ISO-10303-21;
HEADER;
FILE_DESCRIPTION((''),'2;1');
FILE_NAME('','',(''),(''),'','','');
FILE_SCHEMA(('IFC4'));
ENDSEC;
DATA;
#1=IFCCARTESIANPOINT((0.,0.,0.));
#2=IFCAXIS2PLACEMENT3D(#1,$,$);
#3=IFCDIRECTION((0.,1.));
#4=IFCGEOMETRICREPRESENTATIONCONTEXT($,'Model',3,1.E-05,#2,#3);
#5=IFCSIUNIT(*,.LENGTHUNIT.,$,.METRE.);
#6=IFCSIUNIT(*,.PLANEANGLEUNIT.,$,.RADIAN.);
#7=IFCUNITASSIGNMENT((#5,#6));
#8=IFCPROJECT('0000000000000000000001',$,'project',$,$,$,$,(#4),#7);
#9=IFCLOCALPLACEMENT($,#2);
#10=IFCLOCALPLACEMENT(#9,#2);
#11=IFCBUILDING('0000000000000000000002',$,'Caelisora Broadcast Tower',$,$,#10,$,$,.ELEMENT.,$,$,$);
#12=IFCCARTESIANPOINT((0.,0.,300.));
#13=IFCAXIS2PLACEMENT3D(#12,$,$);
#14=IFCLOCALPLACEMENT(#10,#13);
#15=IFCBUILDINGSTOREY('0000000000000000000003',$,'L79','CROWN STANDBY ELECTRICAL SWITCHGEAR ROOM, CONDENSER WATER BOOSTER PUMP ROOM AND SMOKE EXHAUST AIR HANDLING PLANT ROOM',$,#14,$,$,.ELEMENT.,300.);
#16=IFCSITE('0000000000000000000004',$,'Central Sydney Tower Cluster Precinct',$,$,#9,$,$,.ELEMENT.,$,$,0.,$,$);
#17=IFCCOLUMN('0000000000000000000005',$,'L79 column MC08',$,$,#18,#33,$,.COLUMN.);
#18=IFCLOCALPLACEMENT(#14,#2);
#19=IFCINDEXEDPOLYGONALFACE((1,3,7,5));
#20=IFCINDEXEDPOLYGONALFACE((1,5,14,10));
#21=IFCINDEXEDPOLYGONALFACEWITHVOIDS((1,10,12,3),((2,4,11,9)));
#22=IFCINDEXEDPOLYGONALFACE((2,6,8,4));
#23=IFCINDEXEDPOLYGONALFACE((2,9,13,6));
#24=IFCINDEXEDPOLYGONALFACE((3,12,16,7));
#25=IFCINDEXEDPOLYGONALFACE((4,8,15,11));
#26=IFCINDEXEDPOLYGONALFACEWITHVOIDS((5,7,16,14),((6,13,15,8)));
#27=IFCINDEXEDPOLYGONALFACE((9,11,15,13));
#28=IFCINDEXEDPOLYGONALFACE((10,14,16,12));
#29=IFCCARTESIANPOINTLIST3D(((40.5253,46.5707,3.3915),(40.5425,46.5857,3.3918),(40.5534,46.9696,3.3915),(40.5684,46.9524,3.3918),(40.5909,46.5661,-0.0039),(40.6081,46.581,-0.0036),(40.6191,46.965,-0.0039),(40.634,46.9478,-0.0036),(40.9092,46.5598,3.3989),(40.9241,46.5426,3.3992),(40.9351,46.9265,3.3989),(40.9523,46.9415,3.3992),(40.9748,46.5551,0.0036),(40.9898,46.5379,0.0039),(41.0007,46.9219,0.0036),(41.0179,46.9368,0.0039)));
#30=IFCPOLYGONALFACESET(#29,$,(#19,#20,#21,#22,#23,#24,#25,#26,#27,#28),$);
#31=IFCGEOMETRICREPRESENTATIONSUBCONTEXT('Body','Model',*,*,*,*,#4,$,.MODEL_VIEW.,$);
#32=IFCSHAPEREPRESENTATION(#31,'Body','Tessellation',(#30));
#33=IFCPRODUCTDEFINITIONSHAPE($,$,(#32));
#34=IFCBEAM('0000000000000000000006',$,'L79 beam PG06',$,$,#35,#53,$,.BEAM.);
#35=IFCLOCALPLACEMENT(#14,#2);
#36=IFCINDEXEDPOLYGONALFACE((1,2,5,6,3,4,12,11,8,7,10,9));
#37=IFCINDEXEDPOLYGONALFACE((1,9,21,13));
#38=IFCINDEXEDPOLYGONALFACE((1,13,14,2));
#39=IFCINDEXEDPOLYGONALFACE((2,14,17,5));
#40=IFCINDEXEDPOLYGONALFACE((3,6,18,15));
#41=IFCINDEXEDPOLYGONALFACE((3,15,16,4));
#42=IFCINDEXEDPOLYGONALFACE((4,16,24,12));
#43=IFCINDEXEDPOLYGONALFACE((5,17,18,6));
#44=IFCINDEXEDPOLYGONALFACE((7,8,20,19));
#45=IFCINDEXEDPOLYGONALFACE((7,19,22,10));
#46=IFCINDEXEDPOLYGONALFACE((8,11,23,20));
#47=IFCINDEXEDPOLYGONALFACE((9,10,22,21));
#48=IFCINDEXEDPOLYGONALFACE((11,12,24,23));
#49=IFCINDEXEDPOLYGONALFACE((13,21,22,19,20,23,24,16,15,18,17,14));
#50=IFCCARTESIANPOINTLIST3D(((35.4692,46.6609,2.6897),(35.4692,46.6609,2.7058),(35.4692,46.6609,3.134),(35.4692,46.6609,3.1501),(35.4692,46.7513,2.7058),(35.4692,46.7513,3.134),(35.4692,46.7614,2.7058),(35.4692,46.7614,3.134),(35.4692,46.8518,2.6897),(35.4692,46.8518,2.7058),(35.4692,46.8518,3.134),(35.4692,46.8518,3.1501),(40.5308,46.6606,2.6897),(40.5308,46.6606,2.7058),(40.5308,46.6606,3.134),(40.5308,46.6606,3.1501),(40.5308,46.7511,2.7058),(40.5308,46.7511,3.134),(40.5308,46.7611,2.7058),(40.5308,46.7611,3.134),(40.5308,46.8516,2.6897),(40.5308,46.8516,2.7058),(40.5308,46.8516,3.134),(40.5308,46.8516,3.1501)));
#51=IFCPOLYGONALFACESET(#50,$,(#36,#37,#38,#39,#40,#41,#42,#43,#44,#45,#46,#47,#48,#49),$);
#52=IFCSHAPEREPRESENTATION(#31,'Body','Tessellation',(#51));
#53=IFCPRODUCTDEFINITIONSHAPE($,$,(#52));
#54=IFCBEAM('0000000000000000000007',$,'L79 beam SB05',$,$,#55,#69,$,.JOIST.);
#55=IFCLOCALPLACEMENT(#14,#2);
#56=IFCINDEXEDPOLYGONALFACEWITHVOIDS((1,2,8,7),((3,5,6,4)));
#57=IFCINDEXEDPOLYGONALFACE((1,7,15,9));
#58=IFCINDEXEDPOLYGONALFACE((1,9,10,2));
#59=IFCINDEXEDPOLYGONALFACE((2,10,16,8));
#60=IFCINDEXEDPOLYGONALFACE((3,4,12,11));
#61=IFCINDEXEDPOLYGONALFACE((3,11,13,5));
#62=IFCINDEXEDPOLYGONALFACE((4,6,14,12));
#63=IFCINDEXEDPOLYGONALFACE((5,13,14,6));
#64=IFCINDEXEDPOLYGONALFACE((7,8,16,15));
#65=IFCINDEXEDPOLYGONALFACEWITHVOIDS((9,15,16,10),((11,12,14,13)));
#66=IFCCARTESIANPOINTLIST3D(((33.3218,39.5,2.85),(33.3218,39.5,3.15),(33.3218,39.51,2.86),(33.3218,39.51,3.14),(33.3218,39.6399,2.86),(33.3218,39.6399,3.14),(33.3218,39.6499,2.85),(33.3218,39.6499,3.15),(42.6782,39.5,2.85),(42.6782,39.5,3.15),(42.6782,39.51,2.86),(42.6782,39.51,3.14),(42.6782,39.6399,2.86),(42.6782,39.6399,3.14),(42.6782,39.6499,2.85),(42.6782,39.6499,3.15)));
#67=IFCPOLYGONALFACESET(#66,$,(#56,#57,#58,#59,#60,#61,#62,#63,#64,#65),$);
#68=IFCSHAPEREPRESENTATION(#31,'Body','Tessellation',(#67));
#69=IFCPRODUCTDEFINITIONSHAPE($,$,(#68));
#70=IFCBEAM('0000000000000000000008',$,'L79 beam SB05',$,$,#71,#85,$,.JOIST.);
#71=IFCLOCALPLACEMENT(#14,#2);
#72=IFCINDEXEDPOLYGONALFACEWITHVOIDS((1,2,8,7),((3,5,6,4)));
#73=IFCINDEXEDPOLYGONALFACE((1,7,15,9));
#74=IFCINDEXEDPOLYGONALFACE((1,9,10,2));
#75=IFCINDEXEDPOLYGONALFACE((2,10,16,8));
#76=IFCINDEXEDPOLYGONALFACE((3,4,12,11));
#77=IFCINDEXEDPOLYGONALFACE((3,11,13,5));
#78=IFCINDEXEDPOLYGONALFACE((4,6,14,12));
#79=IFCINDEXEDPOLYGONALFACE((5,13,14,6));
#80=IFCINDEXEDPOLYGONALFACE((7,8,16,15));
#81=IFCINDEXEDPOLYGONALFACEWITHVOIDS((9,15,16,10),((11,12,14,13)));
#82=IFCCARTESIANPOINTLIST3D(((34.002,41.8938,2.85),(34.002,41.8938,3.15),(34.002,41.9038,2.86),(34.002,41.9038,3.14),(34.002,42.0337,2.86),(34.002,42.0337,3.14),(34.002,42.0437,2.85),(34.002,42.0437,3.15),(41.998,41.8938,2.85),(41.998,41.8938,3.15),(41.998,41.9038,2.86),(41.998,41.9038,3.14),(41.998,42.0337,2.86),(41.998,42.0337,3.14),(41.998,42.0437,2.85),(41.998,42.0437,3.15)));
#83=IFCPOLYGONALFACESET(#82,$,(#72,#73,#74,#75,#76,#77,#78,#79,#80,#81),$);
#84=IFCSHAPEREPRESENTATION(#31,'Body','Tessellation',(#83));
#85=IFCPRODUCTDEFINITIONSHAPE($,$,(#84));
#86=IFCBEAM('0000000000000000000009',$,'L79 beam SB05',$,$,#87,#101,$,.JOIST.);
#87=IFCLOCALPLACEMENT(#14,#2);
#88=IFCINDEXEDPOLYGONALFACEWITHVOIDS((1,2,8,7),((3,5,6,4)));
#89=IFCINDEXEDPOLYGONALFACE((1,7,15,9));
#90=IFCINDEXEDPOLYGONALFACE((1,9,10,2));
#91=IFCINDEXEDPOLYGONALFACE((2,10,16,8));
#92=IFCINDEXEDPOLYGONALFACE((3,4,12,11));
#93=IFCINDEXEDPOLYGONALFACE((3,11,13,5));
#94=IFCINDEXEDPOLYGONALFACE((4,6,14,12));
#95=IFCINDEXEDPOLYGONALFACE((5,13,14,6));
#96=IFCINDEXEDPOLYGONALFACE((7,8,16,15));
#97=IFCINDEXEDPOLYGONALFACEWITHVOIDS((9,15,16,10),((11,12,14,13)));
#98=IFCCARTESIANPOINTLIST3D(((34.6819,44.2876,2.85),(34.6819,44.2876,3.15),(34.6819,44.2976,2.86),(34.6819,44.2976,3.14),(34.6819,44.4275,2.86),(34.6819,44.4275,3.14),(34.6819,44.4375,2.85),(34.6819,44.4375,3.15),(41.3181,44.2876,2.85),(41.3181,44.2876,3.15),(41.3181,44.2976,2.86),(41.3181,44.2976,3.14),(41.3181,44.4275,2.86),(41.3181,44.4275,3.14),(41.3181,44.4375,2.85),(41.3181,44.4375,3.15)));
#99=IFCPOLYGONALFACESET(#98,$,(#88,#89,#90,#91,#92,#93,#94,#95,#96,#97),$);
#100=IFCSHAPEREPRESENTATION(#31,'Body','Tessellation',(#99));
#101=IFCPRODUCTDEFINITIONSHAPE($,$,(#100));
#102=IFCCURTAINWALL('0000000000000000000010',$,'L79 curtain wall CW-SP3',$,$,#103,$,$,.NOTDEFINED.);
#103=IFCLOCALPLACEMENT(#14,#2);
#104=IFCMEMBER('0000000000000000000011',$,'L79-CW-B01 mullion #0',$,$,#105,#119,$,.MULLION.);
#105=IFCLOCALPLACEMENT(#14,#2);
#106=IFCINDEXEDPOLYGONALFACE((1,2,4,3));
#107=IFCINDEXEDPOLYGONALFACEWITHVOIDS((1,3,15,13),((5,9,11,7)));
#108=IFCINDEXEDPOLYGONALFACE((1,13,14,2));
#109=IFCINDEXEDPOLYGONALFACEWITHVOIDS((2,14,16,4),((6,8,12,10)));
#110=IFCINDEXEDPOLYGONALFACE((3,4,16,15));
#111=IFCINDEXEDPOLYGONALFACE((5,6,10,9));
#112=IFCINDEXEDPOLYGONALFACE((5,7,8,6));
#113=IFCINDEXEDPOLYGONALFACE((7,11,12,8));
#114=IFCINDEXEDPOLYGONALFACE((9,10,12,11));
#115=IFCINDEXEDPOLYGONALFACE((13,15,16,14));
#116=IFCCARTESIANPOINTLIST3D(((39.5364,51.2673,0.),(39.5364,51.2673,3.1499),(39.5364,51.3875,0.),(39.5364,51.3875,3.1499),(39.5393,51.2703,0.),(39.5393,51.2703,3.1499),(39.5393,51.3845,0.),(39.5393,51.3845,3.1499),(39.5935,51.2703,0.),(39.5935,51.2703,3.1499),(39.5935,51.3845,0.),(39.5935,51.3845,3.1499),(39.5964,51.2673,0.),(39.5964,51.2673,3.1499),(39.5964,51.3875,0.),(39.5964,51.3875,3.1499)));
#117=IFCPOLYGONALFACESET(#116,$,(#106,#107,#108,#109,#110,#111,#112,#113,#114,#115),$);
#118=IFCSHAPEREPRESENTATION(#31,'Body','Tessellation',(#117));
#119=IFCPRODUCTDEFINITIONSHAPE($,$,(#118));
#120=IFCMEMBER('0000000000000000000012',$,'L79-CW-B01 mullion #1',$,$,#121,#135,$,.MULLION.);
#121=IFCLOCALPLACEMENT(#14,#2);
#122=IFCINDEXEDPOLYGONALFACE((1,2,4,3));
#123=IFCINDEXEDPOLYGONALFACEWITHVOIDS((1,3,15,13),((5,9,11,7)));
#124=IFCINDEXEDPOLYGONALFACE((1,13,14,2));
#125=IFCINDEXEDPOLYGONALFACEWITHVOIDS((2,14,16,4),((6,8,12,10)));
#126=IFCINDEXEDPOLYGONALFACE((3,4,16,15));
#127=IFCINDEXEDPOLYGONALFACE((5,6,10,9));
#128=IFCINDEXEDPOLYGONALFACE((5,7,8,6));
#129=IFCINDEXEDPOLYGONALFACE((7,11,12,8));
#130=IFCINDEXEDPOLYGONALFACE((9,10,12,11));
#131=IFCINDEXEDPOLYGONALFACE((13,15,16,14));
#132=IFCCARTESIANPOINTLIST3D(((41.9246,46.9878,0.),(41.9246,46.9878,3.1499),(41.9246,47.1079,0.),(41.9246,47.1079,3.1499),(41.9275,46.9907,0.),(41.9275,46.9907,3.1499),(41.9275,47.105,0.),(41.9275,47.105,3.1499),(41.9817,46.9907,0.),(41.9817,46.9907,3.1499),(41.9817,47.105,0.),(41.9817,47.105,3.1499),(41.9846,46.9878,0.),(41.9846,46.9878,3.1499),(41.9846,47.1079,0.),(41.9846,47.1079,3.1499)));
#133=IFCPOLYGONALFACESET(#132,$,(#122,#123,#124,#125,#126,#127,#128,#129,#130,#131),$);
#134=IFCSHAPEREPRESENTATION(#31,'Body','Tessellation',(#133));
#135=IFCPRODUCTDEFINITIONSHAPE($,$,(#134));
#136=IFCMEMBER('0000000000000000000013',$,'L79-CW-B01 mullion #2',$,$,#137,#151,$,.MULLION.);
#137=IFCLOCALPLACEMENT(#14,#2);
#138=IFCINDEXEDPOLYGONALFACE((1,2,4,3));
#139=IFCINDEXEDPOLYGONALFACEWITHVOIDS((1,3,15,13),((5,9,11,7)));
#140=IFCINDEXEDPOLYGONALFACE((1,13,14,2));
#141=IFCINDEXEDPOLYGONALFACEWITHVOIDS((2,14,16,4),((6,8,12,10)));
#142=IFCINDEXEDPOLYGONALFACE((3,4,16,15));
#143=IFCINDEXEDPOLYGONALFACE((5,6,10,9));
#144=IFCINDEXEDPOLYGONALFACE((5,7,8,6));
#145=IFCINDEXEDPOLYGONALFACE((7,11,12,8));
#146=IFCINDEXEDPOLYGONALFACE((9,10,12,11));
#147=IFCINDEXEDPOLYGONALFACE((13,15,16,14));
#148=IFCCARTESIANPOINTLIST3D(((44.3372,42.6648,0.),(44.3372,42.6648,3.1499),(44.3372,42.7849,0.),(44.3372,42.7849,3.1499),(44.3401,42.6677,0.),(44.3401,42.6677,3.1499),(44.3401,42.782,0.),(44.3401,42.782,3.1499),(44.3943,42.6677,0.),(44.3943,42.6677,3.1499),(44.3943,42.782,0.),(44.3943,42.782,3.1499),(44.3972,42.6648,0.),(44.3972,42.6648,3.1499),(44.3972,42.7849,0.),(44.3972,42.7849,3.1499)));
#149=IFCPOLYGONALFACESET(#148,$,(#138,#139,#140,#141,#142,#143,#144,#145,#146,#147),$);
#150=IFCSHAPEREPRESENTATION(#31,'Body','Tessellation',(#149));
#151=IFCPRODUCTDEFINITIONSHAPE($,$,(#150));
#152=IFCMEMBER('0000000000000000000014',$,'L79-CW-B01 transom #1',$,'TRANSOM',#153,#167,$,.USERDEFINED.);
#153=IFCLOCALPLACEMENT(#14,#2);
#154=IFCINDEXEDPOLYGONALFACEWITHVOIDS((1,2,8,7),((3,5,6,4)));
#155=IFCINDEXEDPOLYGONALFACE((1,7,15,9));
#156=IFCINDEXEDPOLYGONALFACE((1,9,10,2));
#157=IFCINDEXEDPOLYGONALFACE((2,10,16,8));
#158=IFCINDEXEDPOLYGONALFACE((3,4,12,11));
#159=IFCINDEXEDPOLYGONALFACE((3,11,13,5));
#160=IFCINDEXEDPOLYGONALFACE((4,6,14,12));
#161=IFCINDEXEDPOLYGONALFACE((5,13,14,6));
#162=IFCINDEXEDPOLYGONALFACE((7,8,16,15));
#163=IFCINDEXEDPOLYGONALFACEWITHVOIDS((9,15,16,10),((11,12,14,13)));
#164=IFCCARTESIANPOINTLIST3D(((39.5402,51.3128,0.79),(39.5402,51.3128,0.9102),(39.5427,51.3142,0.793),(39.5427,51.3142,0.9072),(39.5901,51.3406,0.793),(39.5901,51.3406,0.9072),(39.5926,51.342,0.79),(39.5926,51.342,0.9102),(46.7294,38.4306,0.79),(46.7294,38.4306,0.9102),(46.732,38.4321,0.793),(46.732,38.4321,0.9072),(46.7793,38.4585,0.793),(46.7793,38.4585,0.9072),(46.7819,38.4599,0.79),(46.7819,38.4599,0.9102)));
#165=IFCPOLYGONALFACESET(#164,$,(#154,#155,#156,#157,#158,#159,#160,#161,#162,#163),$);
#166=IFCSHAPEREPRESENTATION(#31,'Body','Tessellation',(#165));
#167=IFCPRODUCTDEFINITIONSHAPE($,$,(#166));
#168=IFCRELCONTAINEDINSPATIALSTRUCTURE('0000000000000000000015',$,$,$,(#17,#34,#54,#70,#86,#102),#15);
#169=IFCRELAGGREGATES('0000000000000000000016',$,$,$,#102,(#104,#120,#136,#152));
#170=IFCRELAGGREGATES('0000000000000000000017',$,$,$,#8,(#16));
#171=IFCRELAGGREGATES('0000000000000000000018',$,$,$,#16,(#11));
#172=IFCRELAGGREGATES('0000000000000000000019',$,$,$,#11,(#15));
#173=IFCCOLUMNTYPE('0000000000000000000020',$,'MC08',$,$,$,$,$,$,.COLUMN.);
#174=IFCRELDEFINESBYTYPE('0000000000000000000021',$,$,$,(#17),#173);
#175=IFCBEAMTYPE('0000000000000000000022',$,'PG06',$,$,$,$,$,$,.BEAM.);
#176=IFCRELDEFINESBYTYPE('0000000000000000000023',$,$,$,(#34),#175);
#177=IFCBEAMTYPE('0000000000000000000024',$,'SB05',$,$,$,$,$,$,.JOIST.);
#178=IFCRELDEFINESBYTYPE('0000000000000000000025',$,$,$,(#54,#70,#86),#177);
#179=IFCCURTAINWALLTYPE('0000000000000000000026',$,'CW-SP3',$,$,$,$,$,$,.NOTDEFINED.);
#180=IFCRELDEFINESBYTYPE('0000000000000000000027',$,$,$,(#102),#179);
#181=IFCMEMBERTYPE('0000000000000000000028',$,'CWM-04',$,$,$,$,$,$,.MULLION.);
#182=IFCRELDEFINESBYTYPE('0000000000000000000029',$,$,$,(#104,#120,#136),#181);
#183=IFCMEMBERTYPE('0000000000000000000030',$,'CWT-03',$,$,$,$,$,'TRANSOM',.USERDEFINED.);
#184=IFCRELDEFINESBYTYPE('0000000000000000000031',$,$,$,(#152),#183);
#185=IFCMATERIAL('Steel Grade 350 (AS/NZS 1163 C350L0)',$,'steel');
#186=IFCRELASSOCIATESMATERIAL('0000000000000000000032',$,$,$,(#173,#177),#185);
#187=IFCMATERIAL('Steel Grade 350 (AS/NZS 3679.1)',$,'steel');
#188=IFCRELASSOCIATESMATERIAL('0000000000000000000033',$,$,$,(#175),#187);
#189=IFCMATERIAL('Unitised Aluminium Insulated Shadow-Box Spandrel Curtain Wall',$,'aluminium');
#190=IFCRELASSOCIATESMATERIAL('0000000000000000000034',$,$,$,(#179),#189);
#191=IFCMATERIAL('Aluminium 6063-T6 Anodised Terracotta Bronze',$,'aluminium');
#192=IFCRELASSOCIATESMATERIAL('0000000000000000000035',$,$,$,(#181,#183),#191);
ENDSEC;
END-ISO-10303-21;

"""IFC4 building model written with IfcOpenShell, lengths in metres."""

from ifc_helpers import new_model, si_unit, direction, frame, origin, origin_2d, place, context, subcontext, project, spatial, hollow_rectangle, i_section, extrude, source, transform, mapped, material, material_profile, profile_set, type_object, type_shapes, element, aggregate, save


model = new_model("IFC4")

# Units and contexts
model_context = context("Model", 3, precision=1e-05, world=origin(), true_north=direction((0.0, 1.0)))
body_context = subcontext(model_context, "Body", "Model", "MODEL_VIEW")
ifc_project = project(units=[si_unit("LENGTHUNIT", "METRE"), si_unit("PLANEANGLEUNIT", "RADIAN")], contexts=[model_context])

# Site, building, storey
site_placement = place(None, origin())
site = spatial("IfcSite", under=ifc_project, at=site_placement, Name="Central Sydney Tower Cluster Precinct", CompositionType="ELEMENT", RefElevation=0.0)
building_placement = place(site_placement, origin())
building = spatial("IfcBuilding", under=site, at=building_placement, Name="Caelisora Broadcast Tower", CompositionType="ELEMENT")
storey_placement = place(building_placement, frame((0.0, 0.0, 300.0)))
storey = spatial("IfcBuildingStorey", under=building, at=storey_placement, Name="L79", Description="CROWN STANDBY ELECTRICAL SWITCHGEAR ROOM, CONDENSER WATER BOOSTER PUMP ROOM AND SMOKE EXHAUST AIR HANDLING PLANT ROOM", CompositionType="ELEMENT", Elevation=300.0)

# Column
ifc_material_1 = material(Name="Steel Grade 350 (AS/NZS 1163 C350L0)", Category="steel")
ifc_material_profile_1 = material_profile(ifc_material_1, hollow_rectangle(XDim=0.3999, YDim=0.3999, WallThickness=0.0161, at=origin_2d()), Name="Steel Grade 350 (AS/NZS 1163 C350L0)")
ifc_profile_set_1 = profile_set([ifc_material_profile_1], Name="Steel Grade 350 (AS/NZS 1163 C350L0)")
column_type = type_object("IfcColumnType", Name="MC08", PredefinedType="COLUMN", material=ifc_profile_set_1)
shared_shape_1 = source(origin(), body_context, "Body", "SweptSolid", [
    extrude(hollow_rectangle(XDim=0.3999, YDim=0.3999, WallThickness=0.0161, at=origin_2d()), origin(), (0.0, 0.0, 1.0), 3.396),
])
type_shapes(column_type, [shared_shape_1])
column_placement = place(storey_placement, frame((40.8044, 46.7515, 0.0), z_axis=(-0.019339, 0.001366, 0.999812), x_axis=(-0.070456, -0.997515, 0.0)))
element("IfcColumn", 1, at=column_placement, inside=storey, type_object=column_type, Name="L79 column MC08", PredefinedType="COLUMN", context=body_context, shape_type="MappedRepresentation", body=[
    mapped(shared_shape_1, transform((0.0, 0.0, 0.0), scale=1.0)),
])

# Beams
ifc_material_2 = material(Name="Steel Grade 350 (AS/NZS 3679.1)", Category="steel")
ifc_material_profile_2 = material_profile(ifc_material_2, i_section(OverallWidth=0.1909, OverallDepth=0.4604, WebThickness=0.01, FlangeThickness=0.0161, at=origin_2d()), Name="Steel Grade 350 (AS/NZS 3679.1)")
ifc_profile_set_2 = profile_set([ifc_material_profile_2], Name="Steel Grade 350 (AS/NZS 3679.1)")
beam_type_1 = type_object("IfcBeamType", Name="PG06", PredefinedType="BEAM", material=ifc_profile_set_2)
shared_shape_2 = source(origin(), body_context, "Body", "SweptSolid", [
    extrude(i_section(OverallWidth=0.1909, OverallDepth=0.4604, WebThickness=0.01, FlangeThickness=0.0161, at=origin_2d()), origin(), (0.0, 0.0, 1.0), 5.0615),
])
type_shapes(beam_type_1, [shared_shape_2])
beam_1_placement = place(storey_placement, frame((40.5308, 46.7561, 2.9199), z_axis=(-1.0, 0.000048, 0.0), x_axis=(-0.000048, -1.0, 0.0)))
element("IfcBeam", 2, at=beam_1_placement, inside=storey, type_object=beam_type_1, Name="L79 beam PG06", PredefinedType="BEAM", context=body_context, shape_type="MappedRepresentation", body=[
    mapped(shared_shape_2, transform((0.0, 0.0, 0.0), scale=1.0)),
])
ifc_material_profile_3 = material_profile(ifc_material_1, hollow_rectangle(XDim=0.1499, YDim=0.3, WallThickness=0.01, at=origin_2d()), Name="Steel Grade 350 (AS/NZS 1163 C350L0)")
ifc_profile_set_3 = profile_set([ifc_material_profile_3], Name="Steel Grade 350 (AS/NZS 1163 C350L0)")
beam_type_2 = type_object("IfcBeamType", Name="SB05", PredefinedType="JOIST", material=ifc_profile_set_3)
shared_shape_3 = source(origin(), body_context, "Body", "SweptSolid", [
    extrude(hollow_rectangle(XDim=0.1499, YDim=0.3, WallThickness=0.01, at=origin_2d()), origin(), (0.0, 0.0, 1.0), 9.3564),
])
beam_2_placement = place(storey_placement, frame((42.6782, 39.575, 3.0), z_axis=(-1.0, 0.0, 0.0), x_axis=(0.0, -1.0, 0.0)))
element("IfcBeam", 3, at=beam_2_placement, inside=storey, type_object=beam_type_2, Name="L79 beam SB05", PredefinedType="JOIST", context=body_context, shape_type="MappedRepresentation", body=[
    mapped(shared_shape_3, transform((0.0, 0.0, 0.0), scale=1.0)),
])
shared_shape_4 = source(origin(), body_context, "Body", "SweptSolid", [
    extrude(hollow_rectangle(XDim=0.1499, YDim=0.3, WallThickness=0.01, at=origin_2d()), origin(), (0.0, 0.0, 1.0), 7.9961),
])
beam_3_placement = place(storey_placement, frame((41.998, 41.9688, 3.0), z_axis=(-1.0, 0.0, 0.0), x_axis=(0.0, -1.0, 0.0)))
element("IfcBeam", 4, at=beam_3_placement, inside=storey, type_object=beam_type_2, Name="L79 beam SB05", PredefinedType="JOIST", context=body_context, shape_type="MappedRepresentation", body=[
    mapped(shared_shape_4, transform((0.0, 0.0, 0.0), scale=1.0)),
])
shared_shape_5 = source(origin(), body_context, "Body", "SweptSolid", [
    extrude(hollow_rectangle(XDim=0.1499, YDim=0.3, WallThickness=0.01, at=origin_2d()), origin(), (0.0, 0.0, 1.0), 6.6362),
])
type_shapes(beam_type_2, [shared_shape_3, shared_shape_4, shared_shape_5])
beam_4_placement = place(storey_placement, frame((41.3181, 44.3625, 3.0), z_axis=(-1.0, 0.0, 0.0), x_axis=(0.0, -1.0, 0.0)))
element("IfcBeam", 5, at=beam_4_placement, inside=storey, type_object=beam_type_2, Name="L79 beam SB05", PredefinedType="JOIST", context=body_context, shape_type="MappedRepresentation", body=[
    mapped(shared_shape_5, transform((0.0, 0.0, 0.0), scale=1.0)),
])

# Curtain wall, members
ifc_material_3 = material(Name="Unitised Aluminium Insulated Shadow-Box Spandrel Curtain Wall", Category="aluminium")
curtain_wall_type = type_object("IfcCurtainWallType", Name="CW-SP3", PredefinedType="NOTDEFINED", material=ifc_material_3)
curtain_wall_placement = place(storey_placement, origin())
curtain_wall = element("IfcCurtainWall", 6, at=curtain_wall_placement, inside=storey, type_object=curtain_wall_type, Name="L79 curtain wall CW-SP3", PredefinedType="NOTDEFINED")
ifc_material_4 = material(Name="Aluminium 6063-T6 Anodised Terracotta Bronze", Category="aluminium")
ifc_material_profile_4 = material_profile(ifc_material_4, hollow_rectangle(XDim=0.0601, YDim=0.1201, WallThickness=0.0029, at=origin_2d()), Name="Aluminium 6063-T6 Anodised Terracotta Bronze")
ifc_profile_set_4 = profile_set([ifc_material_profile_4], Name="Aluminium 6063-T6 Anodised Terracotta Bronze")
member_type_1 = type_object("IfcMemberType", Name="CWM-04", PredefinedType="MULLION", material=ifc_profile_set_4)
shared_shape_6 = source(origin(), body_context, "Body", "SweptSolid", [
    extrude(hollow_rectangle(XDim=0.0601, YDim=0.1201, WallThickness=0.0029, at=origin_2d()), origin(), (0.0, 0.0, 1.0), 3.1499),
])
type_shapes(member_type_1, [shared_shape_6])
member_1_placement = place(storey_placement, frame((39.5664, 51.3274, 0.0), z_axis=(0.0, 0.0, 1.0), x_axis=(1.0, 0.0, 0.0)))
member_1 = element("IfcMember", 7, at=member_1_placement, type_object=member_type_1, Name="L79-CW-B01 mullion #0", PredefinedType="MULLION", context=body_context, shape_type="MappedRepresentation", body=[
    mapped(shared_shape_6, transform((0.0, 0.0, 0.0), scale=1.0)),
])
member_2_placement = place(storey_placement, frame((41.9546, 47.0479, 0.0), z_axis=(0.0, 0.0, 1.0), x_axis=(1.0, 0.0, 0.0)))
member_2 = element("IfcMember", 8, at=member_2_placement, type_object=member_type_1, Name="L79-CW-B01 mullion #1", PredefinedType="MULLION", context=body_context, shape_type="MappedRepresentation", body=[
    mapped(shared_shape_6, transform((0.0, 0.0, 0.0), scale=1.0)),
])
member_3_placement = place(storey_placement, frame((44.3672, 42.7249, 0.0), z_axis=(0.0, 0.0, 1.0), x_axis=(1.0, 0.0, 0.0)))
member_3 = element("IfcMember", 9, at=member_3_placement, type_object=member_type_1, Name="L79-CW-B01 mullion #2", PredefinedType="MULLION", context=body_context, shape_type="MappedRepresentation", body=[
    mapped(shared_shape_6, transform((0.0, 0.0, 0.0), scale=1.0)),
])
ifc_material_profile_5 = material_profile(ifc_material_4, hollow_rectangle(XDim=0.0601, YDim=0.1201, WallThickness=0.0029, at=origin_2d()), Name="Aluminium 6063-T6 Anodised Terracotta Bronze")
ifc_profile_set_5 = profile_set([ifc_material_profile_5], Name="Aluminium 6063-T6 Anodised Terracotta Bronze")
member_type_2 = type_object("IfcMemberType", Name="CWT-03", ElementType="TRANSOM", PredefinedType="USERDEFINED", material=ifc_profile_set_5)
shared_shape_7 = source(origin(), body_context, "Body", "SweptSolid", [
    extrude(hollow_rectangle(XDim=0.0601, YDim=0.1201, WallThickness=0.0029, at=origin_2d()), origin(), (0.0, 0.0, 1.0), 14.7524),
])
type_shapes(member_type_2, [shared_shape_7])
member_4_placement = place(storey_placement, frame((39.5664, 51.3274, 0.8501), z_axis=(0.487325, -0.87322, 0.0), x_axis=(0.87322, 0.487325, 0.0)))
member_4 = element("IfcMember", 10, at=member_4_placement, type_object=member_type_2, Name="L79-CW-B01 transom #1", ObjectType="TRANSOM", PredefinedType="USERDEFINED", context=body_context, shape_type="MappedRepresentation", body=[
    mapped(shared_shape_7, transform((0.0, 0.0, 0.0), scale=1.0)),
])

aggregate(curtain_wall, [member_1, member_2, member_3, member_4])

save(model, "model.ifc")
